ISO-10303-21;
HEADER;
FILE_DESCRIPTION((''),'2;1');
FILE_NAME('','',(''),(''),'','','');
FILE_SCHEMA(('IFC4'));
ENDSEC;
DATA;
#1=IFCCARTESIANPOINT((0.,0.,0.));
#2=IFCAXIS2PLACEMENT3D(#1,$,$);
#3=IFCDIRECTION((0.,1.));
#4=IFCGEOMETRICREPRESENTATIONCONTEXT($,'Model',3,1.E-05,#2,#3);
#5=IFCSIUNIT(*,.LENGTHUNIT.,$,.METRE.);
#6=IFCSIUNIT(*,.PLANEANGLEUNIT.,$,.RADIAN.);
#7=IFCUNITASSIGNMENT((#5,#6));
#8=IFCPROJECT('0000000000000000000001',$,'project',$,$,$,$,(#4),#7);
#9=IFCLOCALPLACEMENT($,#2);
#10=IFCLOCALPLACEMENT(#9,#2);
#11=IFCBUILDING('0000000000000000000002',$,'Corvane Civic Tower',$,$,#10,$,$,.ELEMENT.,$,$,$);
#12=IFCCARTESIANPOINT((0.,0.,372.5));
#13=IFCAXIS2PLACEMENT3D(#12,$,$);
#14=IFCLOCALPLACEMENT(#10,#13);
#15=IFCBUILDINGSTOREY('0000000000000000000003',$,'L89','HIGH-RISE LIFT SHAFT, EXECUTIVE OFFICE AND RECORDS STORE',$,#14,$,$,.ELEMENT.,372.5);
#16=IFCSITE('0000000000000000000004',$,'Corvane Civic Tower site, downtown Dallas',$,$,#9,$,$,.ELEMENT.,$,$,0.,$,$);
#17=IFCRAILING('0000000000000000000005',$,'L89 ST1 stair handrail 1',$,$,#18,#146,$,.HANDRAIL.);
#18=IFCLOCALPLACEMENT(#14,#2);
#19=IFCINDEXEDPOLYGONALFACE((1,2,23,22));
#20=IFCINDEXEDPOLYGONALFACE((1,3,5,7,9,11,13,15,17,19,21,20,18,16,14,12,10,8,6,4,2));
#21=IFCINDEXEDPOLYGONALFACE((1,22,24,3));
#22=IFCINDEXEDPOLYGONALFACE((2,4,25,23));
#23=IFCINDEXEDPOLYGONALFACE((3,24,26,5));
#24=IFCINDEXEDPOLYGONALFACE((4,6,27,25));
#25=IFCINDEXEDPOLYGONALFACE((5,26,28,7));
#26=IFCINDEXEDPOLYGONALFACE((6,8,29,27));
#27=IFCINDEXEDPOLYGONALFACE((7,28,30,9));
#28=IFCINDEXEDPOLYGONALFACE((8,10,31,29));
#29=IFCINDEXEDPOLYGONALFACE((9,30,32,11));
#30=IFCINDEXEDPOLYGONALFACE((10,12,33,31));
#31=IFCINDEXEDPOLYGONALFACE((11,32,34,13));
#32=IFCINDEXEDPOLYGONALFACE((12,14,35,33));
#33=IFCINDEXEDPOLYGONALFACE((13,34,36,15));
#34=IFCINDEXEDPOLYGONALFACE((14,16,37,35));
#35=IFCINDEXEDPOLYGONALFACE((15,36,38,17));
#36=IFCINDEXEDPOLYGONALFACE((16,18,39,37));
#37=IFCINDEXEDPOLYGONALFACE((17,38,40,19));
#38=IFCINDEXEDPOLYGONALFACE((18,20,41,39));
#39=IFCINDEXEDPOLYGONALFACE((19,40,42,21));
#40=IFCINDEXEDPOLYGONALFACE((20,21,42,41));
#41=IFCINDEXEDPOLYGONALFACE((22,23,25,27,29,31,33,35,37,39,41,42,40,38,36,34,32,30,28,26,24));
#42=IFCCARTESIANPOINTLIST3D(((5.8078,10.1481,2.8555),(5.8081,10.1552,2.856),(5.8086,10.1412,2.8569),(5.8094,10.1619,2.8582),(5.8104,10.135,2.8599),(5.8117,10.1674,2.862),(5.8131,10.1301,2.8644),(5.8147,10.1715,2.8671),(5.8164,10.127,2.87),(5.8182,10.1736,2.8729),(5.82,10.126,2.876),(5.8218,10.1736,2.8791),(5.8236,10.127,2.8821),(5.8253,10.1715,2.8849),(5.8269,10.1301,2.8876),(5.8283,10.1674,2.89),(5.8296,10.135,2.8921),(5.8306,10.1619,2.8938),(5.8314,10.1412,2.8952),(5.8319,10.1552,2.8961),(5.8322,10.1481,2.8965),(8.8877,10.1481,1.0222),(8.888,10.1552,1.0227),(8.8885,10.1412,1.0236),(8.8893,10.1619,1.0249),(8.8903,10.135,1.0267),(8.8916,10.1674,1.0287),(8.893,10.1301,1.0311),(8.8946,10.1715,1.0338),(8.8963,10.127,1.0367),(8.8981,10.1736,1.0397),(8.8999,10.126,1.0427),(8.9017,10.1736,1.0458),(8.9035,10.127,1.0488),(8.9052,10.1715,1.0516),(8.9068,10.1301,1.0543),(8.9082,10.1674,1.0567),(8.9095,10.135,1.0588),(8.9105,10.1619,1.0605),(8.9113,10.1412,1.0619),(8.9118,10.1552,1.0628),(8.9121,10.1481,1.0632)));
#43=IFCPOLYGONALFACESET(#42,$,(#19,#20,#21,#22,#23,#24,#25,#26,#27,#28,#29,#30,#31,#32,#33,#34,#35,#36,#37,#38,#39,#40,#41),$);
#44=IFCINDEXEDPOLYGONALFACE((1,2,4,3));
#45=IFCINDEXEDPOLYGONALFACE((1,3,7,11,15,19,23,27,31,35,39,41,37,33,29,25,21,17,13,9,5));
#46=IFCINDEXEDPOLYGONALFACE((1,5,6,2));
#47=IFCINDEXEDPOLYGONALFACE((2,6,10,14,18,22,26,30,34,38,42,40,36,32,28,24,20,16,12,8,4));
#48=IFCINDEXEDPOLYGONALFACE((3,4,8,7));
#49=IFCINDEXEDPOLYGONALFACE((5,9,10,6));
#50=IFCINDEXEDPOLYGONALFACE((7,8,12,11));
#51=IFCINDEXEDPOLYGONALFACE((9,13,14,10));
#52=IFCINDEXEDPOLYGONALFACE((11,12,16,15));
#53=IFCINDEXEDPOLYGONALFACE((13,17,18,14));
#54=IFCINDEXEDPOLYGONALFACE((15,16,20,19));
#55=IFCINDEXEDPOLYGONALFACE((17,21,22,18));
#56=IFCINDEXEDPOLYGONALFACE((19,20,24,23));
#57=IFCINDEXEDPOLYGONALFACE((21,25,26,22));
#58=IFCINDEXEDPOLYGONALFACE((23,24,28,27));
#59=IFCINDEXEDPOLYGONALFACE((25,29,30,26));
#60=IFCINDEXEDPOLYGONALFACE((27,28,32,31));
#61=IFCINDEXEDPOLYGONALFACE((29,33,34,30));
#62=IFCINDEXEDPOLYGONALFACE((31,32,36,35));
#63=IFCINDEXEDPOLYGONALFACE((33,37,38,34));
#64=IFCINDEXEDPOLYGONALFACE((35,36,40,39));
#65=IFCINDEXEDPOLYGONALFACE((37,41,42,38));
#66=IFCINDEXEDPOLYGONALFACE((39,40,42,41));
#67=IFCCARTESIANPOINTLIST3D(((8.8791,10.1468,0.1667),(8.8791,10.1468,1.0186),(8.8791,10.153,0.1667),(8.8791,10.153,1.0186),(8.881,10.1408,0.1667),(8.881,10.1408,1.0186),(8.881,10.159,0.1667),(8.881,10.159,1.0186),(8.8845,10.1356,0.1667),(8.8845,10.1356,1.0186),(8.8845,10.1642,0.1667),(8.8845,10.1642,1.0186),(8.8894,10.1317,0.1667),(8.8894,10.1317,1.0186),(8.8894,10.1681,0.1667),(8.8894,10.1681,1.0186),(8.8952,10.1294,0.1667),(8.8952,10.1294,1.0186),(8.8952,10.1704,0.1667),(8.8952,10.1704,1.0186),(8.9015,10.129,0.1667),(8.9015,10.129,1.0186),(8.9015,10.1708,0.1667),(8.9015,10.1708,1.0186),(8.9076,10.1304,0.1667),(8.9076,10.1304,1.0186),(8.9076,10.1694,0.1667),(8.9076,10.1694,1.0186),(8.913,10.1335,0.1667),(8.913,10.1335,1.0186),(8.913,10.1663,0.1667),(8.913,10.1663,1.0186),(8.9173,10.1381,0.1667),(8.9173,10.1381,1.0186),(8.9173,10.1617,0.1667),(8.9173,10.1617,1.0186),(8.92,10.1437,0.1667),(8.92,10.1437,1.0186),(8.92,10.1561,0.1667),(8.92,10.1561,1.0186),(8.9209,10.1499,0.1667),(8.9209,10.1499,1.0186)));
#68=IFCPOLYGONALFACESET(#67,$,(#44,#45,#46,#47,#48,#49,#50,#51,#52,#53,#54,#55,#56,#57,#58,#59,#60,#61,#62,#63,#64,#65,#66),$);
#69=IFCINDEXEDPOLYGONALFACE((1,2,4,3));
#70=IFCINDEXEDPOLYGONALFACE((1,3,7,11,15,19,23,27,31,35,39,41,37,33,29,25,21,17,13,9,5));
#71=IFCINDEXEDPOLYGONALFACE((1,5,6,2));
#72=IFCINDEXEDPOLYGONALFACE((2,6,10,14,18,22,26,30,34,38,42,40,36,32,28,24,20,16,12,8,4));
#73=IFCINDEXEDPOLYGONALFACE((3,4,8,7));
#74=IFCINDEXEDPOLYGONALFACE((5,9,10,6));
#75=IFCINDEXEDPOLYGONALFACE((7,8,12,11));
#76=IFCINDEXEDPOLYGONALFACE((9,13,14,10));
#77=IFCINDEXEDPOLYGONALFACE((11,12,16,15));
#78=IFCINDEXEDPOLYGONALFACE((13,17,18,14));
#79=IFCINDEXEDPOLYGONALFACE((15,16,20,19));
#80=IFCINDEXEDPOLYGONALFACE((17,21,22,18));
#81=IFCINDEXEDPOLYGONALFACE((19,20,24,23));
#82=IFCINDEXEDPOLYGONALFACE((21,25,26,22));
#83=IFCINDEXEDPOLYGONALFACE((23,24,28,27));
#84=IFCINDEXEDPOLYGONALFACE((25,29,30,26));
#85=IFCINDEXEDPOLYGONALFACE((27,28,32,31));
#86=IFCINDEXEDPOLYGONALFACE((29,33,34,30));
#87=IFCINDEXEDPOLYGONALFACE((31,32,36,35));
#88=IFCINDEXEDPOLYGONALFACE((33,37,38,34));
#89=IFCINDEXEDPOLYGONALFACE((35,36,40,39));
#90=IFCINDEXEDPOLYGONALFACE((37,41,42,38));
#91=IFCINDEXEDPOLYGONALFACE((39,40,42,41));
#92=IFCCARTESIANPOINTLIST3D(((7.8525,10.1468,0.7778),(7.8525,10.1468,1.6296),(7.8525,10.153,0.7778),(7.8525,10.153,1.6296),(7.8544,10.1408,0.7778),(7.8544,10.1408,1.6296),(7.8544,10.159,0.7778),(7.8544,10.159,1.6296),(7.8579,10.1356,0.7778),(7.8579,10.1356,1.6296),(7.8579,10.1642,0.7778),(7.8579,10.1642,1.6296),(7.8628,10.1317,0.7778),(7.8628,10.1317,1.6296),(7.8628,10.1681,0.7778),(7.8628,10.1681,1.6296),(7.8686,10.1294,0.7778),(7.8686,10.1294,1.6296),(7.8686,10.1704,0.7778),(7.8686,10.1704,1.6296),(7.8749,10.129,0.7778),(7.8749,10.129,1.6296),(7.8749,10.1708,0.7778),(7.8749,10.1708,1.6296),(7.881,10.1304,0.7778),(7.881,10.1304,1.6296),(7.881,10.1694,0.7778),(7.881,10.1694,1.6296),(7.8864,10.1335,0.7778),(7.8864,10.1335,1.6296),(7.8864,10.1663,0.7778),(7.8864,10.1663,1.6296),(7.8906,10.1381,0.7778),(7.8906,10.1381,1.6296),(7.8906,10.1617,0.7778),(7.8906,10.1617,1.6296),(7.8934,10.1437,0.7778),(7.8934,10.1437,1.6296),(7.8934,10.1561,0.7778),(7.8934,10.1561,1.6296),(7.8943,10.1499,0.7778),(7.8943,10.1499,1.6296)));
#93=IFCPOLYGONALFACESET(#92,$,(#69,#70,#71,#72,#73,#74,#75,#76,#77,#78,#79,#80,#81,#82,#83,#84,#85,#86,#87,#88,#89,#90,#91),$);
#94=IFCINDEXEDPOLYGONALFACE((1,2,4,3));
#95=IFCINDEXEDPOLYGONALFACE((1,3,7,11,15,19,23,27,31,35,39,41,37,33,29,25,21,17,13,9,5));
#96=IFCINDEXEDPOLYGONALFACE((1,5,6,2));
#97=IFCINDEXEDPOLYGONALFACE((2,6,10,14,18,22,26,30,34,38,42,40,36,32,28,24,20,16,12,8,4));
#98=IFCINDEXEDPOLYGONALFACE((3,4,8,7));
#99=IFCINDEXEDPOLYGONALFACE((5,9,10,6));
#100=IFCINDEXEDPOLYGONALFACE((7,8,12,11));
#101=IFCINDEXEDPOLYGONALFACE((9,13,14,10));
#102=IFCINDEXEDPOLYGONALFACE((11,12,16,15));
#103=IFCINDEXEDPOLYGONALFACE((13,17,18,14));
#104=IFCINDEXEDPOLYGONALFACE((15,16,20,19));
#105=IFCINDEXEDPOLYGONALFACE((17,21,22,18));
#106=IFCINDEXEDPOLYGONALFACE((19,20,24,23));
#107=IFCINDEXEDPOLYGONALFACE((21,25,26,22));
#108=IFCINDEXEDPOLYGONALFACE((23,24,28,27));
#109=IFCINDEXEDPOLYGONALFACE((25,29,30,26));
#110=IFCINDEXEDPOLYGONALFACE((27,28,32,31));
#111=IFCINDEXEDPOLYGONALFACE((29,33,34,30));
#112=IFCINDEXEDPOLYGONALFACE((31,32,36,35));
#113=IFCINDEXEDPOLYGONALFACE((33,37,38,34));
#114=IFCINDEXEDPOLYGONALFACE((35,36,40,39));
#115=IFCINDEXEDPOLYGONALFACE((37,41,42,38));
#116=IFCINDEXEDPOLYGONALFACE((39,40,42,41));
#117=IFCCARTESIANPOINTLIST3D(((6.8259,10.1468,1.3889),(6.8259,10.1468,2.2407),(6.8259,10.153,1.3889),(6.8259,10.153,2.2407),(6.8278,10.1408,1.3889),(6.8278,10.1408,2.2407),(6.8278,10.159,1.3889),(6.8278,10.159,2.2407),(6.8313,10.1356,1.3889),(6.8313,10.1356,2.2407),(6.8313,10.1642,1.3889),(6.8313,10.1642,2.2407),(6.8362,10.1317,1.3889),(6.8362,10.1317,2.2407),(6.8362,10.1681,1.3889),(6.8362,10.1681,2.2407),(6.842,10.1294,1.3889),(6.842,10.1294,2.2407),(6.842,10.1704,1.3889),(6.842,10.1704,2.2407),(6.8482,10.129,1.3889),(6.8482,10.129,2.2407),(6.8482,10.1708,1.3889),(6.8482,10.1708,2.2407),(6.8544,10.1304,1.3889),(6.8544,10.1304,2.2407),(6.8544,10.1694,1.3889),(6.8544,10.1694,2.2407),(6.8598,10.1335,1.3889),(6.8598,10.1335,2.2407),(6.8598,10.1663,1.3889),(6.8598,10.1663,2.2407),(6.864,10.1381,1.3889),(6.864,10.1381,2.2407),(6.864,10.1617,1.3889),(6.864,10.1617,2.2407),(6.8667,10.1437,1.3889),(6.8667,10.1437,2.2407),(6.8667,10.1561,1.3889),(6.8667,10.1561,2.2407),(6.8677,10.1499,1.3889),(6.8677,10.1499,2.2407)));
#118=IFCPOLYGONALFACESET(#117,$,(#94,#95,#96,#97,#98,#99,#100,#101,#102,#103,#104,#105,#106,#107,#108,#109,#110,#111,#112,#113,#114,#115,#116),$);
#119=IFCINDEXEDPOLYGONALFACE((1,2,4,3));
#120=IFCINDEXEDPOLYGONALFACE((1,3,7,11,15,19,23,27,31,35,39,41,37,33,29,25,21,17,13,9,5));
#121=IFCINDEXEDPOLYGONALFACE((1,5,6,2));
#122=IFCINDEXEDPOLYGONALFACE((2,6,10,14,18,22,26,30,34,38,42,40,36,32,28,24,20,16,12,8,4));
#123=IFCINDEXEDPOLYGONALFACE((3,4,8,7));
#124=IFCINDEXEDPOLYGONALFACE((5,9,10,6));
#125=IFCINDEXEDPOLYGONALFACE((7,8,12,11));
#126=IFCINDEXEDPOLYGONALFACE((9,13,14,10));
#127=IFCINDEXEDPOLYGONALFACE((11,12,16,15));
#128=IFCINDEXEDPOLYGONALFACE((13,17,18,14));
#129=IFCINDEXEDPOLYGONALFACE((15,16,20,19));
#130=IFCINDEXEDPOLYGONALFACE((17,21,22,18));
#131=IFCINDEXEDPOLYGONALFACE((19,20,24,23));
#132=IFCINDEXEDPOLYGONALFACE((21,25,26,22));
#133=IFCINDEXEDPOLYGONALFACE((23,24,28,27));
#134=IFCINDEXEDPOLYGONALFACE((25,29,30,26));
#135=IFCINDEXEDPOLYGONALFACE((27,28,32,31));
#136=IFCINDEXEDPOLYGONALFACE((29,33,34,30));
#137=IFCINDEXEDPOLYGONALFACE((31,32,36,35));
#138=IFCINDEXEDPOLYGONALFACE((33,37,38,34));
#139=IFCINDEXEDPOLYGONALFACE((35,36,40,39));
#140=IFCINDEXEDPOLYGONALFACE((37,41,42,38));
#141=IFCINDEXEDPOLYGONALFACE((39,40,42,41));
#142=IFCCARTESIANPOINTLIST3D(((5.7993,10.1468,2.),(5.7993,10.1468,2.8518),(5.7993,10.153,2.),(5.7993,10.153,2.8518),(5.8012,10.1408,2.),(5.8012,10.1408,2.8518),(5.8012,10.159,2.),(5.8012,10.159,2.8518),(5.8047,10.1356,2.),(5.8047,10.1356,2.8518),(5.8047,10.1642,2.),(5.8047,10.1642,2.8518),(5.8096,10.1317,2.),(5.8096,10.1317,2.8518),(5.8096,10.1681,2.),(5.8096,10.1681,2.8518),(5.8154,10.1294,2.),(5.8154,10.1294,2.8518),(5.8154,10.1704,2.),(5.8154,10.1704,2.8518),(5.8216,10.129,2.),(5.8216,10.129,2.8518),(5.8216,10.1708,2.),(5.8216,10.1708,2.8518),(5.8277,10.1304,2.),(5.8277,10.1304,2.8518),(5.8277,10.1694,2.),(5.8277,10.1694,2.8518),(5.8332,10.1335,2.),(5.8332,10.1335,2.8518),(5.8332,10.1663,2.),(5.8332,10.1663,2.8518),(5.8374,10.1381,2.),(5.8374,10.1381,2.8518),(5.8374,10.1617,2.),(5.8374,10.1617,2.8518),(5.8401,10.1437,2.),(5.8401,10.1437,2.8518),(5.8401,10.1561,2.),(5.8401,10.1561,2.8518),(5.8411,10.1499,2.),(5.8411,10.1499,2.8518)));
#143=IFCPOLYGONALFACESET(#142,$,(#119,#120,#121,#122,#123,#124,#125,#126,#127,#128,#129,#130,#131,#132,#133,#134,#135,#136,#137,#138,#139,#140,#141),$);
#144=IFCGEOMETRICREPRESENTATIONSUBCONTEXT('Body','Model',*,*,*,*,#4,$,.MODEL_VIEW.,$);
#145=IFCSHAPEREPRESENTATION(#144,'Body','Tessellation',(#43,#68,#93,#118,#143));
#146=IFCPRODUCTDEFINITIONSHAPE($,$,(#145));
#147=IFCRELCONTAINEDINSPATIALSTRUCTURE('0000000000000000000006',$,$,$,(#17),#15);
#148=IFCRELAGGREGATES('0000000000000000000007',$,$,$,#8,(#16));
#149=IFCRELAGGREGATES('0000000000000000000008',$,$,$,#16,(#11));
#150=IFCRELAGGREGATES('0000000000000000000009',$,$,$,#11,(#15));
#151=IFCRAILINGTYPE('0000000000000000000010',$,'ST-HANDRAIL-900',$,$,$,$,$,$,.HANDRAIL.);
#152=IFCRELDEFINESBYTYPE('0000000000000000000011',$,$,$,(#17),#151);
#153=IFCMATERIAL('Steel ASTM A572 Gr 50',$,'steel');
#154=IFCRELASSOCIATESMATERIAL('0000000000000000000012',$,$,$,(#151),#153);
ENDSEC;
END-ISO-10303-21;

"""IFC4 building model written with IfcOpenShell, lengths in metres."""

from ifc_helpers import new_model, si_unit, direction, frame, origin, origin_2d, place, context, subcontext, project, spatial, circle, extrude, material, type_object, element, save


model = new_model("IFC4")

# Units and contexts
model_context = context("Model", 3, precision=1e-05, world=origin(), true_north=direction((0.0, 1.0)))
body_context = subcontext(model_context, "Body", "Model", "MODEL_VIEW")
ifc_project = project(units=[si_unit("LENGTHUNIT", "METRE"), si_unit("PLANEANGLEUNIT", "RADIAN")], contexts=[model_context])

# Site, building, storey
site_placement = place(None, origin())
site = spatial("IfcSite", under=ifc_project, at=site_placement, Name="Corvane Civic Tower site, downtown Dallas", CompositionType="ELEMENT", RefElevation=0.0)
building_placement = place(site_placement, origin())
building = spatial("IfcBuilding", under=site, at=building_placement, Name="Corvane Civic Tower", CompositionType="ELEMENT")
storey_placement = place(building_placement, frame((0.0, 0.0, 372.5)))
storey = spatial("IfcBuildingStorey", under=building, at=storey_placement, Name="L89", Description="HIGH-RISE LIFT SHAFT, EXECUTIVE OFFICE AND RECORDS STORE", CompositionType="ELEMENT", Elevation=372.5)

# Railing
ifc_material_1 = material(Name="Steel ASTM A572 Gr 50", Category="steel")
railing_type_1 = type_object("IfcRailingType", Name="ST-HANDRAIL-900", PredefinedType="HANDRAIL", material=ifc_material_1)
railing_1_placement = place(storey_placement, frame((8.8999, 10.1499, 0.1667)))
element("IfcRailing", 1, at=railing_1_placement, inside=storey, type_object=railing_type_1, Name="L89 ST1 stair handrail 1", PredefinedType="HANDRAIL", context=body_context, shape_type="SweptSolid", body=[
    extrude(circle(Radius=0.0239, at=origin_2d()), frame((0.0, 0.0, 0.876), z_axis=(-0.859291, 0.0, 0.511487), x_axis=(0.0, -1.0, 0.0)), (0.0, 0.0, 1.0), 3.5842),
    extrude(circle(Radius=0.021, at=origin_2d()), origin(), (0.0, 0.0, 1.0), 0.8518),
    extrude(circle(Radius=0.021, at=origin_2d()), frame((-1.0266, 0.0, 0.6111)), (0.0, 0.0, 1.0), 0.8518),
    extrude(circle(Radius=0.021, at=origin_2d()), frame((-2.0532, 0.0, 1.2222)), (0.0, 0.0, 1.0), 0.8518),
    extrude(circle(Radius=0.021, at=origin_2d()), frame((-3.0798, 0.0, 1.8333)), (0.0, 0.0, 1.0), 0.8518),
])

save(model, "model.ifc")
